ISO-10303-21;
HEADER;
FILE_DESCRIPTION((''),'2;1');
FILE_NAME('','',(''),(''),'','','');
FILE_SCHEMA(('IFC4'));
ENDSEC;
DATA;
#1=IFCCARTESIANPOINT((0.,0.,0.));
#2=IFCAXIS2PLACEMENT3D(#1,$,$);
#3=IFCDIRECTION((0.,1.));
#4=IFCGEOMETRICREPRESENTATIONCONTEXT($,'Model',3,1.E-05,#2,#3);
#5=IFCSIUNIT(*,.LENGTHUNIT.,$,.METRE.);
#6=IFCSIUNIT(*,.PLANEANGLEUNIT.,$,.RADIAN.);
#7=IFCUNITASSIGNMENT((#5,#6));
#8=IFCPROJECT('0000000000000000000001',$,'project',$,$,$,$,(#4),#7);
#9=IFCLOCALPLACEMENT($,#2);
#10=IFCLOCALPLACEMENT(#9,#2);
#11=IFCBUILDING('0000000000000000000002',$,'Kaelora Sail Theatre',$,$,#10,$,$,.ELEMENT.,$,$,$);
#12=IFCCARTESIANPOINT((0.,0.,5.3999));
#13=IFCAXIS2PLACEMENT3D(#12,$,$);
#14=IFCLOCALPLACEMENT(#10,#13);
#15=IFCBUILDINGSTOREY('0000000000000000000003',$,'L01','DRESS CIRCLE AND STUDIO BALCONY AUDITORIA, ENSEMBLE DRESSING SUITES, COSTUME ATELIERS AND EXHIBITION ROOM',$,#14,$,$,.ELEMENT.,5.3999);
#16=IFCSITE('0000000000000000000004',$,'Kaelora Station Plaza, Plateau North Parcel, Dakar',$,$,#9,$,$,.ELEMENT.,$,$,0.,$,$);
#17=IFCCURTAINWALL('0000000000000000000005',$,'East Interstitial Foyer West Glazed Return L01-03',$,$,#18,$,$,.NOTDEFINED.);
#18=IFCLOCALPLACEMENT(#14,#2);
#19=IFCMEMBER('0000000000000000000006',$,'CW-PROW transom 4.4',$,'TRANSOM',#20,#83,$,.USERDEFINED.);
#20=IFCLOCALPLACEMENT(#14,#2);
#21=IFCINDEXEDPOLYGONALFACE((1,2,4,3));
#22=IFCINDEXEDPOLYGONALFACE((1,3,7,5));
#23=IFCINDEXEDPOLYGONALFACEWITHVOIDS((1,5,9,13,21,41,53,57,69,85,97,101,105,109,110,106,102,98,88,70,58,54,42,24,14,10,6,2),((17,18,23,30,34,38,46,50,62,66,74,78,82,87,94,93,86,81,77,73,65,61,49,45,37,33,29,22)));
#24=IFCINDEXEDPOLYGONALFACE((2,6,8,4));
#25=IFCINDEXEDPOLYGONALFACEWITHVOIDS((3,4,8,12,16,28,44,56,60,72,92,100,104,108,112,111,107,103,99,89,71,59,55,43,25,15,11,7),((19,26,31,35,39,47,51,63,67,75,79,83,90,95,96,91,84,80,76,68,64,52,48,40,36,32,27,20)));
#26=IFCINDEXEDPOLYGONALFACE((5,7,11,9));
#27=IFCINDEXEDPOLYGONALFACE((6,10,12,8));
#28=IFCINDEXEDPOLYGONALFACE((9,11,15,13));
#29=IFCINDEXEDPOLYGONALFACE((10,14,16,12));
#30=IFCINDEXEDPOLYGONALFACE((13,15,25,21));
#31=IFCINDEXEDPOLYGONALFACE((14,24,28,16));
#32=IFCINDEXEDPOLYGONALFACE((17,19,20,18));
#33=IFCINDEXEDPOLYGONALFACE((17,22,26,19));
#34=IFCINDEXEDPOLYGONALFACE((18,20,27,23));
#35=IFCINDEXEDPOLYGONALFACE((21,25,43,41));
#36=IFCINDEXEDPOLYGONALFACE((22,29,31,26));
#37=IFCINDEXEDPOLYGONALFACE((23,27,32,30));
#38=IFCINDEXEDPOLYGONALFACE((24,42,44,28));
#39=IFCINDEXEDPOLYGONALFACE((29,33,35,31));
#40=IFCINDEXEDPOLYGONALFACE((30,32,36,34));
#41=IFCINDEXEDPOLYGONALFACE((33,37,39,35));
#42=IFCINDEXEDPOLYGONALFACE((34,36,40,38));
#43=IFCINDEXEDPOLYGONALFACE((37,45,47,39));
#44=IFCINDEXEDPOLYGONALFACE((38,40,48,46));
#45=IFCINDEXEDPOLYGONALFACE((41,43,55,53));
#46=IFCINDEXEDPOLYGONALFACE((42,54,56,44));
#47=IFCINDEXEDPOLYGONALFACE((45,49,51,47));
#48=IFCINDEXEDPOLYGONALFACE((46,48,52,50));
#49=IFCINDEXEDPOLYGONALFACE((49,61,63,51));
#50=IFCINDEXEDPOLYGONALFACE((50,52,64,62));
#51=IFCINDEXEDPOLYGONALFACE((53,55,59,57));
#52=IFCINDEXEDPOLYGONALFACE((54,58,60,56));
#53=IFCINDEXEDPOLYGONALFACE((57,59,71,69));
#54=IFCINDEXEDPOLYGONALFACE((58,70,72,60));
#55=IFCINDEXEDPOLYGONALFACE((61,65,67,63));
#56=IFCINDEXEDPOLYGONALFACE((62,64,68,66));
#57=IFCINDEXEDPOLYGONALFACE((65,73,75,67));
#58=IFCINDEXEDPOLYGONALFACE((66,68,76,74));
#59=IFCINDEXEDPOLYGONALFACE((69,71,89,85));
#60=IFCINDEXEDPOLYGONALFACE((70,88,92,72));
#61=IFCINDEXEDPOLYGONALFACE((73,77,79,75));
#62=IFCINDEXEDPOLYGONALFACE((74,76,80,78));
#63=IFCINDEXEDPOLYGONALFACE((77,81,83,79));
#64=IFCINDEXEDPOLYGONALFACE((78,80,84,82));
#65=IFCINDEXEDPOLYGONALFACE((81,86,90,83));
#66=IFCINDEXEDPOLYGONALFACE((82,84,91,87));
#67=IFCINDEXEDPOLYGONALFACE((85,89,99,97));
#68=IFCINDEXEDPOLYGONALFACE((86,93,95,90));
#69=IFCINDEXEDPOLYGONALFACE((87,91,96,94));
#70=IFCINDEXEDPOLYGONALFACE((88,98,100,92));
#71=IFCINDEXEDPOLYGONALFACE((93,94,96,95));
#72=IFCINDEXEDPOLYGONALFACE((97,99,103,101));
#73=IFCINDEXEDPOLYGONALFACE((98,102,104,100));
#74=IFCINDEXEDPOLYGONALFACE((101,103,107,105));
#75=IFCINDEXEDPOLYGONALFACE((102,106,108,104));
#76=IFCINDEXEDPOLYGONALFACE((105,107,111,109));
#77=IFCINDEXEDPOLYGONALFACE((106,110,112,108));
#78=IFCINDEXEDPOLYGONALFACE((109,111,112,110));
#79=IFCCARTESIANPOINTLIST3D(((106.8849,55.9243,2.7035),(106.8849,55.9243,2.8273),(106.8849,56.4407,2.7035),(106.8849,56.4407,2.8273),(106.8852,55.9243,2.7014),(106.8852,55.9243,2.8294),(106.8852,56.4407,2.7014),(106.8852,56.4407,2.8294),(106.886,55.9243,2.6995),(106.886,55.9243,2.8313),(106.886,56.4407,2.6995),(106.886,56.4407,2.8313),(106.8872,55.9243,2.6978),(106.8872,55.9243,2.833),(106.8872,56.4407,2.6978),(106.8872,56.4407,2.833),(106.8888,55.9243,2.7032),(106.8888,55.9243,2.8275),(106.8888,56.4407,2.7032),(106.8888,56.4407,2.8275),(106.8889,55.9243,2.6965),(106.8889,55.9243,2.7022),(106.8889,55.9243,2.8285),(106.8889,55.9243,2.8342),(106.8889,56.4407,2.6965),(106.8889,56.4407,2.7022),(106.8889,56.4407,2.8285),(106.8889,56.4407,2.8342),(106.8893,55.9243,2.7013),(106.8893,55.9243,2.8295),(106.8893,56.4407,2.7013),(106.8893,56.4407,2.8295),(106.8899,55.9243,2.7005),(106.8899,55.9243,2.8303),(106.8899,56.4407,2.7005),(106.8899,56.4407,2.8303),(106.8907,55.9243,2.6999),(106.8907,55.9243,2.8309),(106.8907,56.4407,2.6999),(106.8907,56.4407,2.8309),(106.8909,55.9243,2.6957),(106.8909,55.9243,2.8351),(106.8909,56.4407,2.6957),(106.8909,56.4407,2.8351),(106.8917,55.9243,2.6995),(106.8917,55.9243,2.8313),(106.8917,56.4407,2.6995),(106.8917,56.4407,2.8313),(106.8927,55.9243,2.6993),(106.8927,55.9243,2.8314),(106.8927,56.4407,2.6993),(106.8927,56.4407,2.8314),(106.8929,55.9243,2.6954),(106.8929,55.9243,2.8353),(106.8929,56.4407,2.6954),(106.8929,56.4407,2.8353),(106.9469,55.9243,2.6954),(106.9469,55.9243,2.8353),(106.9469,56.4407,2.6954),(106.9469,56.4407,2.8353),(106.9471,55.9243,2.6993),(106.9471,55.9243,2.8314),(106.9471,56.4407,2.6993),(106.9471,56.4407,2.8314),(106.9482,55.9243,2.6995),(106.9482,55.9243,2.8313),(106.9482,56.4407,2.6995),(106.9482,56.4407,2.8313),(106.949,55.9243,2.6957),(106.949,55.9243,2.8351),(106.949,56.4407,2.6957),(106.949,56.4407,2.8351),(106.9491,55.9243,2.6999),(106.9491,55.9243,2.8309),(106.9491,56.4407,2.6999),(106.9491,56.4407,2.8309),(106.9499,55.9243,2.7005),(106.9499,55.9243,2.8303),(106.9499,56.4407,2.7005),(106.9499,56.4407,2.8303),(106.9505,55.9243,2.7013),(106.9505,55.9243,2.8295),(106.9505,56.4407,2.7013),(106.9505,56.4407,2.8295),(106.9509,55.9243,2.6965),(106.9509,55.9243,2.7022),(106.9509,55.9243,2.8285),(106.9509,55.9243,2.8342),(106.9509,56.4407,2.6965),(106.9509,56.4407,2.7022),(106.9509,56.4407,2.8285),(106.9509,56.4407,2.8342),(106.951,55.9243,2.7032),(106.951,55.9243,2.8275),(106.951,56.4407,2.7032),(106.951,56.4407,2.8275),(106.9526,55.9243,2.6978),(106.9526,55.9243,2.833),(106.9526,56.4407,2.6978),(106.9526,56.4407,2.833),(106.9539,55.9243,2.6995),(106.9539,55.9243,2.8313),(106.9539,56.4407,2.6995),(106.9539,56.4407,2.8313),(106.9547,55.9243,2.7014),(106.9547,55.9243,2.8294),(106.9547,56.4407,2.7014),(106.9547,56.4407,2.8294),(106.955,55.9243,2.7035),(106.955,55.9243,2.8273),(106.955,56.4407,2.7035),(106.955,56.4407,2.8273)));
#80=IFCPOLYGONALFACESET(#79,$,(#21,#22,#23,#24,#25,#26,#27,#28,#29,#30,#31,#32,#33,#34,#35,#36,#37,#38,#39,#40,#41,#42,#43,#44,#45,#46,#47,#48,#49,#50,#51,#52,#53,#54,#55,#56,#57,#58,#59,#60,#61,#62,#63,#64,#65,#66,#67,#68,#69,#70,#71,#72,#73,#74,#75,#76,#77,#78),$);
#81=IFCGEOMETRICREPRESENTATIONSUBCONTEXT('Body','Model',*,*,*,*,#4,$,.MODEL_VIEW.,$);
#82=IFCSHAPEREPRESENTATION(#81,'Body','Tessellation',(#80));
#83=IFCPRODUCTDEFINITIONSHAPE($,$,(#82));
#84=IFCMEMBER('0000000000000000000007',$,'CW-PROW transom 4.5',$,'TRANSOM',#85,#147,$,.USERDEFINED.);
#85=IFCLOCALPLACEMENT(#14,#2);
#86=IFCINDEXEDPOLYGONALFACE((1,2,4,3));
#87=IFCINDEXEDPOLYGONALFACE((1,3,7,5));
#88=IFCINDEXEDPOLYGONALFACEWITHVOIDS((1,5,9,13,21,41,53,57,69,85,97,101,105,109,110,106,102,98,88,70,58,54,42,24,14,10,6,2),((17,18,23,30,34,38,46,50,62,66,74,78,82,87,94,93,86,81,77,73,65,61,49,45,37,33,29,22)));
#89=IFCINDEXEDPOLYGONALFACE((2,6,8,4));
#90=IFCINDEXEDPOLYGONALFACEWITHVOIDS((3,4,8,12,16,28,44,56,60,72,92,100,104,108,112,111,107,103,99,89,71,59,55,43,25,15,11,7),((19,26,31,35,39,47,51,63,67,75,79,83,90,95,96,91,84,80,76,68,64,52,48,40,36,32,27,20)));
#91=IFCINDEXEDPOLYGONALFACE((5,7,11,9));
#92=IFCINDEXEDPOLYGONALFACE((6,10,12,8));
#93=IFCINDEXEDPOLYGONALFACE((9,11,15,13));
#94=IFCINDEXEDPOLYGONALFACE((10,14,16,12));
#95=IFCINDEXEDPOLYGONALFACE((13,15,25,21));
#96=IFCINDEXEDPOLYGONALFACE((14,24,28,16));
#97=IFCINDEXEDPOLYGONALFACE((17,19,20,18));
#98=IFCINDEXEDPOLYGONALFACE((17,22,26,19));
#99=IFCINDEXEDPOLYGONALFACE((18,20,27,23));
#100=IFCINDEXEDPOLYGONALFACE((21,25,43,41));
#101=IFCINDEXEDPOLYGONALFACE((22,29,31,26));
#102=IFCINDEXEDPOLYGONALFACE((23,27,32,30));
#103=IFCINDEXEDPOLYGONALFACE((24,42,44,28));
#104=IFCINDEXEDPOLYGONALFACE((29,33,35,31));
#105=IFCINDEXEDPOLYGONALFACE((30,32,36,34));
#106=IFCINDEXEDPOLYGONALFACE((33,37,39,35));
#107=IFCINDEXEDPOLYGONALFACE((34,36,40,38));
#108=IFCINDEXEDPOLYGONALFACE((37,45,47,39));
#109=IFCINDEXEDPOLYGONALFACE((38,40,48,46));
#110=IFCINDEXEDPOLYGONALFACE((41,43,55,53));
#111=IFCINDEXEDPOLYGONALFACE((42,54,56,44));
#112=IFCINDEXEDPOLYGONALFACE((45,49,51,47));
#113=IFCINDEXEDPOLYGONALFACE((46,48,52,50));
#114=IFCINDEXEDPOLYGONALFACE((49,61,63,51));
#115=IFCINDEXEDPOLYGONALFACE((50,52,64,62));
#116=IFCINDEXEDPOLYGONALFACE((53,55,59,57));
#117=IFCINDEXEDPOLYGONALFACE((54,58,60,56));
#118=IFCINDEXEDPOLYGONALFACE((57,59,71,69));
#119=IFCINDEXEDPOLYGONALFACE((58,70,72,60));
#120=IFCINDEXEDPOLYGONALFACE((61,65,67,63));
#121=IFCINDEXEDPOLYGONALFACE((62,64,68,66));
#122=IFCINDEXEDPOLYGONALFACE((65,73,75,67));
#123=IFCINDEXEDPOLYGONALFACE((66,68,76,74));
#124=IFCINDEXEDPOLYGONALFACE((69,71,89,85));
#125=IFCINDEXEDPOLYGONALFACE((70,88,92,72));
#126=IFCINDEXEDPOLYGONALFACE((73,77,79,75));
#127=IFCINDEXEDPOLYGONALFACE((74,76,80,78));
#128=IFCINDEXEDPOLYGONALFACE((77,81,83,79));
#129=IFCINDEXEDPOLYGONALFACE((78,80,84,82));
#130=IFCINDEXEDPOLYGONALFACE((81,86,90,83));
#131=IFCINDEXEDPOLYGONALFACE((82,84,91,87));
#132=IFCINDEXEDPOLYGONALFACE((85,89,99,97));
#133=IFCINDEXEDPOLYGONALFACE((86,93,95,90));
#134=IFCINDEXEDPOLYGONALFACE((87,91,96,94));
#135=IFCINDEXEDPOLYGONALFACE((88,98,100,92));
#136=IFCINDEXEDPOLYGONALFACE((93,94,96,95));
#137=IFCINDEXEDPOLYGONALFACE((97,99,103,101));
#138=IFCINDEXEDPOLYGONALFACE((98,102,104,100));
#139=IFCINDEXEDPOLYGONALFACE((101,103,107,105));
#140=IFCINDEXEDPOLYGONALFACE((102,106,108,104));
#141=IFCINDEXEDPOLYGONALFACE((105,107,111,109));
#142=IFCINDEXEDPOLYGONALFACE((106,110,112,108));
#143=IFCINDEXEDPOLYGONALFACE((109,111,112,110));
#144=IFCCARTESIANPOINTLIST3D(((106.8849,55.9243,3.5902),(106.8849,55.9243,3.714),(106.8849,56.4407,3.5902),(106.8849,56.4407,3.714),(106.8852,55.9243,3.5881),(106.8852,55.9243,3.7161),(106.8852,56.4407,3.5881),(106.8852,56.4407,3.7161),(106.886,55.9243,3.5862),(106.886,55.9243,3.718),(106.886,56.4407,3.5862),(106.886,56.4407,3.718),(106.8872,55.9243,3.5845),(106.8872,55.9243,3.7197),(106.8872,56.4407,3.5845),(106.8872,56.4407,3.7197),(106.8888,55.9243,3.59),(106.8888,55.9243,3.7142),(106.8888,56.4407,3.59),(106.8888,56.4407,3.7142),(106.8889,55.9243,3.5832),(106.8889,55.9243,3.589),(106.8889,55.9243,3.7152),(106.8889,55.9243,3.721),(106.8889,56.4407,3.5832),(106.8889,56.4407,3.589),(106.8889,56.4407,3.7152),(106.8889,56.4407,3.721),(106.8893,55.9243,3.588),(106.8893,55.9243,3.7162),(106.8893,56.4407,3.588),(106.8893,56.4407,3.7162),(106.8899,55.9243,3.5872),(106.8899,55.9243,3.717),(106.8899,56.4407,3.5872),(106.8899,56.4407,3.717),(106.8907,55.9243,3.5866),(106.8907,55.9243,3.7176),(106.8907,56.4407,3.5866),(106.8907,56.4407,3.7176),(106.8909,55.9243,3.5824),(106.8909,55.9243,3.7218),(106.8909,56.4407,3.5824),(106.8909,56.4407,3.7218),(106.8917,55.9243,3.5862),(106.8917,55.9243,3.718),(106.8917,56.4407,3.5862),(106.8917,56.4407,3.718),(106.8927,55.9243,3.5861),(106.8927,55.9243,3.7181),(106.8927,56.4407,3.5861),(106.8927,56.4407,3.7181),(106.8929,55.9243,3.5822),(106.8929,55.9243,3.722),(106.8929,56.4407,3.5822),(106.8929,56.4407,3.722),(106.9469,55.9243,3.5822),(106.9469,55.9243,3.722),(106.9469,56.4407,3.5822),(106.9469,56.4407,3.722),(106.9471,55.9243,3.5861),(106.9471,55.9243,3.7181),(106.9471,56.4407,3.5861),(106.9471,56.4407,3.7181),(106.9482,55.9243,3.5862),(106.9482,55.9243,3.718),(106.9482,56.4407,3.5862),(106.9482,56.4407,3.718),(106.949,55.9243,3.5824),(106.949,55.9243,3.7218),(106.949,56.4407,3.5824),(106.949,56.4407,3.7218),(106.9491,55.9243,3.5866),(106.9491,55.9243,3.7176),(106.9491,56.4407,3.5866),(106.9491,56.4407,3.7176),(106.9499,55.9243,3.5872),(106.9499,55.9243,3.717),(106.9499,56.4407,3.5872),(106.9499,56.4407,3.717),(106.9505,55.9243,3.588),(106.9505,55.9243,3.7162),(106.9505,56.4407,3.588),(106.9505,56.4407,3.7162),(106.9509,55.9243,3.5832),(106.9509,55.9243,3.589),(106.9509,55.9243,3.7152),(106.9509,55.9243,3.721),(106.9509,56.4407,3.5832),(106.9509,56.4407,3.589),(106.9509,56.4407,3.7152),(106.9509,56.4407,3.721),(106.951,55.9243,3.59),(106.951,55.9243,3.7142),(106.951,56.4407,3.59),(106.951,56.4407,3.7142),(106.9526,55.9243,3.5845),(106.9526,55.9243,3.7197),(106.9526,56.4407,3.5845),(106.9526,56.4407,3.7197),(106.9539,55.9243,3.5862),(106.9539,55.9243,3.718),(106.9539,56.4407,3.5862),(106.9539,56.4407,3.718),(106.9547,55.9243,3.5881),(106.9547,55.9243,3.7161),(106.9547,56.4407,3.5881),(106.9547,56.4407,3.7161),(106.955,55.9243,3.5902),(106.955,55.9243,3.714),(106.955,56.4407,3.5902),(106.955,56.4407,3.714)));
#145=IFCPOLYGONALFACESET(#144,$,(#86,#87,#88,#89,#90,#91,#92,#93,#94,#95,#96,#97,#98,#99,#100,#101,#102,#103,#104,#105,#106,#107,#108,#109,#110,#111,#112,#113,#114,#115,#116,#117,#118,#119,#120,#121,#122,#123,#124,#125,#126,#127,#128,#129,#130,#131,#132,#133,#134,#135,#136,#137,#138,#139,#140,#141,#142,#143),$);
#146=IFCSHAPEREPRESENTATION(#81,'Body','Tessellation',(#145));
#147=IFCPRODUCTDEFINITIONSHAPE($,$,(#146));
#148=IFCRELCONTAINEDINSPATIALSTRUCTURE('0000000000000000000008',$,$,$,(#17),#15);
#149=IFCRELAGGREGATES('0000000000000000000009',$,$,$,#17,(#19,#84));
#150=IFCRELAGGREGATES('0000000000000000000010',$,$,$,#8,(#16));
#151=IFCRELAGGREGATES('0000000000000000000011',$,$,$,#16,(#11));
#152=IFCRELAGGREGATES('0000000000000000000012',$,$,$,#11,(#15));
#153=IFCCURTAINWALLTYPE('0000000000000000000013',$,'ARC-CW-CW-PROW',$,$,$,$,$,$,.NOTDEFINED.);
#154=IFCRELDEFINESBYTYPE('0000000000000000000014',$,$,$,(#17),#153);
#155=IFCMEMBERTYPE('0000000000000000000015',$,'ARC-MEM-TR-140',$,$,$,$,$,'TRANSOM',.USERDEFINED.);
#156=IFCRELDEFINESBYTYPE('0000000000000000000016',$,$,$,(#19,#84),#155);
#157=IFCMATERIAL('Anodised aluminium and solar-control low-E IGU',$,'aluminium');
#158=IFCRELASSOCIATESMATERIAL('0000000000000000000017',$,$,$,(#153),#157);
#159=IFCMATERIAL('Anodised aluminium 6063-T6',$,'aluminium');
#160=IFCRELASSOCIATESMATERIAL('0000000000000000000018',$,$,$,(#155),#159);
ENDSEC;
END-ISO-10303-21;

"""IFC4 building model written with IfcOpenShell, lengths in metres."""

from ifc_helpers import new_model, si_unit, direction, frame, origin, origin_2d, place, context, subcontext, project, spatial, hollow_rectangle, extrude, material, material_profile, profile_set, type_object, element, aggregate, save


model = new_model("IFC4")

# Units and contexts
model_context = context("Model", 3, precision=1e-05, world=origin(), true_north=direction((0.0, 1.0)))
body_context = subcontext(model_context, "Body", "Model", "MODEL_VIEW")
ifc_project = project(units=[si_unit("LENGTHUNIT", "METRE"), si_unit("PLANEANGLEUNIT", "RADIAN")], contexts=[model_context])

# Site, building, storey
site_placement = place(None, origin())
site = spatial("IfcSite", under=ifc_project, at=site_placement, Name="Kaelora Station Plaza, Plateau North Parcel, Dakar", CompositionType="ELEMENT", RefElevation=0.0)
building_placement = place(site_placement, origin())
building = spatial("IfcBuilding", under=site, at=building_placement, Name="Kaelora Sail Theatre", CompositionType="ELEMENT")
storey_placement = place(building_placement, frame((0.0, 0.0, 5.3999)))
storey = spatial("IfcBuildingStorey", under=building, at=storey_placement, Name="L01", Description="DRESS CIRCLE AND STUDIO BALCONY AUDITORIA, ENSEMBLE DRESSING SUITES, COSTUME ATELIERS AND EXHIBITION ROOM", CompositionType="ELEMENT", Elevation=5.3999)

# Curtain wall, members
ifc_material_1 = material(Name="Anodised aluminium and solar-control low-E IGU", Category="aluminium")
curtain_wall_type = type_object("IfcCurtainWallType", Name="ARC-CW-CW-PROW", PredefinedType="NOTDEFINED", material=ifc_material_1)
curtain_wall_placement = place(storey_placement, origin())
curtain_wall = element("IfcCurtainWall", 1, at=curtain_wall_placement, inside=storey, type_object=curtain_wall_type, Name="East Interstitial Foyer West Glazed Return L01-03", PredefinedType="NOTDEFINED")
ifc_material_2 = material(Name="Anodised aluminium 6063-T6", Category="aluminium")
ifc_material_profile = material_profile(ifc_material_2, hollow_rectangle(XDim=0.0701, YDim=0.1399, WallThickness=0.0039, InnerFilletRadius=0.0039, OuterFilletRadius=0.0081, at=origin_2d()), Name="ALU-TRAN 70x140x4")
ifc_profile_set = profile_set([ifc_material_profile], Name="Anodised aluminium 6063-T6")
member_type = type_object("IfcMemberType", Name="ARC-MEM-TR-140", ElementType="TRANSOM", PredefinedType="USERDEFINED", material=ifc_profile_set)
member_1_placement = place(storey_placement, frame((106.9199, 55.9243, 2.7654), z_axis=(0.0, 1.0, 0.0), x_axis=(-1.0, 0.0, 0.0)))
member_1 = element("IfcMember", 2, at=member_1_placement, type_object=member_type, Name="CW-PROW transom 4.4", ObjectType="TRANSOM", PredefinedType="USERDEFINED", context=body_context, shape_type="SweptSolid", body=[
    extrude(hollow_rectangle(XDim=0.0701, YDim=0.1399, WallThickness=0.0039, InnerFilletRadius=0.0039, OuterFilletRadius=0.0081, at=origin_2d()), origin(), (0.0, 0.0, 1.0), 0.5164),
])
member_2_placement = place(storey_placement, frame((106.9199, 55.9243, 3.6521), z_axis=(0.0, 1.0, 0.0), x_axis=(-1.0, 0.0, 0.0)))
member_2 = element("IfcMember", 3, at=member_2_placement, type_object=member_type, Name="CW-PROW transom 4.5", ObjectType="TRANSOM", PredefinedType="USERDEFINED", context=body_context, shape_type="SweptSolid", body=[
    extrude(hollow_rectangle(XDim=0.0701, YDim=0.1399, WallThickness=0.0039, InnerFilletRadius=0.0039, OuterFilletRadius=0.0081, at=origin_2d()), origin(), (0.0, 0.0, 1.0), 0.5164),
])
aggregate(curtain_wall, [member_1, member_2])

save(model, "model.ifc")
